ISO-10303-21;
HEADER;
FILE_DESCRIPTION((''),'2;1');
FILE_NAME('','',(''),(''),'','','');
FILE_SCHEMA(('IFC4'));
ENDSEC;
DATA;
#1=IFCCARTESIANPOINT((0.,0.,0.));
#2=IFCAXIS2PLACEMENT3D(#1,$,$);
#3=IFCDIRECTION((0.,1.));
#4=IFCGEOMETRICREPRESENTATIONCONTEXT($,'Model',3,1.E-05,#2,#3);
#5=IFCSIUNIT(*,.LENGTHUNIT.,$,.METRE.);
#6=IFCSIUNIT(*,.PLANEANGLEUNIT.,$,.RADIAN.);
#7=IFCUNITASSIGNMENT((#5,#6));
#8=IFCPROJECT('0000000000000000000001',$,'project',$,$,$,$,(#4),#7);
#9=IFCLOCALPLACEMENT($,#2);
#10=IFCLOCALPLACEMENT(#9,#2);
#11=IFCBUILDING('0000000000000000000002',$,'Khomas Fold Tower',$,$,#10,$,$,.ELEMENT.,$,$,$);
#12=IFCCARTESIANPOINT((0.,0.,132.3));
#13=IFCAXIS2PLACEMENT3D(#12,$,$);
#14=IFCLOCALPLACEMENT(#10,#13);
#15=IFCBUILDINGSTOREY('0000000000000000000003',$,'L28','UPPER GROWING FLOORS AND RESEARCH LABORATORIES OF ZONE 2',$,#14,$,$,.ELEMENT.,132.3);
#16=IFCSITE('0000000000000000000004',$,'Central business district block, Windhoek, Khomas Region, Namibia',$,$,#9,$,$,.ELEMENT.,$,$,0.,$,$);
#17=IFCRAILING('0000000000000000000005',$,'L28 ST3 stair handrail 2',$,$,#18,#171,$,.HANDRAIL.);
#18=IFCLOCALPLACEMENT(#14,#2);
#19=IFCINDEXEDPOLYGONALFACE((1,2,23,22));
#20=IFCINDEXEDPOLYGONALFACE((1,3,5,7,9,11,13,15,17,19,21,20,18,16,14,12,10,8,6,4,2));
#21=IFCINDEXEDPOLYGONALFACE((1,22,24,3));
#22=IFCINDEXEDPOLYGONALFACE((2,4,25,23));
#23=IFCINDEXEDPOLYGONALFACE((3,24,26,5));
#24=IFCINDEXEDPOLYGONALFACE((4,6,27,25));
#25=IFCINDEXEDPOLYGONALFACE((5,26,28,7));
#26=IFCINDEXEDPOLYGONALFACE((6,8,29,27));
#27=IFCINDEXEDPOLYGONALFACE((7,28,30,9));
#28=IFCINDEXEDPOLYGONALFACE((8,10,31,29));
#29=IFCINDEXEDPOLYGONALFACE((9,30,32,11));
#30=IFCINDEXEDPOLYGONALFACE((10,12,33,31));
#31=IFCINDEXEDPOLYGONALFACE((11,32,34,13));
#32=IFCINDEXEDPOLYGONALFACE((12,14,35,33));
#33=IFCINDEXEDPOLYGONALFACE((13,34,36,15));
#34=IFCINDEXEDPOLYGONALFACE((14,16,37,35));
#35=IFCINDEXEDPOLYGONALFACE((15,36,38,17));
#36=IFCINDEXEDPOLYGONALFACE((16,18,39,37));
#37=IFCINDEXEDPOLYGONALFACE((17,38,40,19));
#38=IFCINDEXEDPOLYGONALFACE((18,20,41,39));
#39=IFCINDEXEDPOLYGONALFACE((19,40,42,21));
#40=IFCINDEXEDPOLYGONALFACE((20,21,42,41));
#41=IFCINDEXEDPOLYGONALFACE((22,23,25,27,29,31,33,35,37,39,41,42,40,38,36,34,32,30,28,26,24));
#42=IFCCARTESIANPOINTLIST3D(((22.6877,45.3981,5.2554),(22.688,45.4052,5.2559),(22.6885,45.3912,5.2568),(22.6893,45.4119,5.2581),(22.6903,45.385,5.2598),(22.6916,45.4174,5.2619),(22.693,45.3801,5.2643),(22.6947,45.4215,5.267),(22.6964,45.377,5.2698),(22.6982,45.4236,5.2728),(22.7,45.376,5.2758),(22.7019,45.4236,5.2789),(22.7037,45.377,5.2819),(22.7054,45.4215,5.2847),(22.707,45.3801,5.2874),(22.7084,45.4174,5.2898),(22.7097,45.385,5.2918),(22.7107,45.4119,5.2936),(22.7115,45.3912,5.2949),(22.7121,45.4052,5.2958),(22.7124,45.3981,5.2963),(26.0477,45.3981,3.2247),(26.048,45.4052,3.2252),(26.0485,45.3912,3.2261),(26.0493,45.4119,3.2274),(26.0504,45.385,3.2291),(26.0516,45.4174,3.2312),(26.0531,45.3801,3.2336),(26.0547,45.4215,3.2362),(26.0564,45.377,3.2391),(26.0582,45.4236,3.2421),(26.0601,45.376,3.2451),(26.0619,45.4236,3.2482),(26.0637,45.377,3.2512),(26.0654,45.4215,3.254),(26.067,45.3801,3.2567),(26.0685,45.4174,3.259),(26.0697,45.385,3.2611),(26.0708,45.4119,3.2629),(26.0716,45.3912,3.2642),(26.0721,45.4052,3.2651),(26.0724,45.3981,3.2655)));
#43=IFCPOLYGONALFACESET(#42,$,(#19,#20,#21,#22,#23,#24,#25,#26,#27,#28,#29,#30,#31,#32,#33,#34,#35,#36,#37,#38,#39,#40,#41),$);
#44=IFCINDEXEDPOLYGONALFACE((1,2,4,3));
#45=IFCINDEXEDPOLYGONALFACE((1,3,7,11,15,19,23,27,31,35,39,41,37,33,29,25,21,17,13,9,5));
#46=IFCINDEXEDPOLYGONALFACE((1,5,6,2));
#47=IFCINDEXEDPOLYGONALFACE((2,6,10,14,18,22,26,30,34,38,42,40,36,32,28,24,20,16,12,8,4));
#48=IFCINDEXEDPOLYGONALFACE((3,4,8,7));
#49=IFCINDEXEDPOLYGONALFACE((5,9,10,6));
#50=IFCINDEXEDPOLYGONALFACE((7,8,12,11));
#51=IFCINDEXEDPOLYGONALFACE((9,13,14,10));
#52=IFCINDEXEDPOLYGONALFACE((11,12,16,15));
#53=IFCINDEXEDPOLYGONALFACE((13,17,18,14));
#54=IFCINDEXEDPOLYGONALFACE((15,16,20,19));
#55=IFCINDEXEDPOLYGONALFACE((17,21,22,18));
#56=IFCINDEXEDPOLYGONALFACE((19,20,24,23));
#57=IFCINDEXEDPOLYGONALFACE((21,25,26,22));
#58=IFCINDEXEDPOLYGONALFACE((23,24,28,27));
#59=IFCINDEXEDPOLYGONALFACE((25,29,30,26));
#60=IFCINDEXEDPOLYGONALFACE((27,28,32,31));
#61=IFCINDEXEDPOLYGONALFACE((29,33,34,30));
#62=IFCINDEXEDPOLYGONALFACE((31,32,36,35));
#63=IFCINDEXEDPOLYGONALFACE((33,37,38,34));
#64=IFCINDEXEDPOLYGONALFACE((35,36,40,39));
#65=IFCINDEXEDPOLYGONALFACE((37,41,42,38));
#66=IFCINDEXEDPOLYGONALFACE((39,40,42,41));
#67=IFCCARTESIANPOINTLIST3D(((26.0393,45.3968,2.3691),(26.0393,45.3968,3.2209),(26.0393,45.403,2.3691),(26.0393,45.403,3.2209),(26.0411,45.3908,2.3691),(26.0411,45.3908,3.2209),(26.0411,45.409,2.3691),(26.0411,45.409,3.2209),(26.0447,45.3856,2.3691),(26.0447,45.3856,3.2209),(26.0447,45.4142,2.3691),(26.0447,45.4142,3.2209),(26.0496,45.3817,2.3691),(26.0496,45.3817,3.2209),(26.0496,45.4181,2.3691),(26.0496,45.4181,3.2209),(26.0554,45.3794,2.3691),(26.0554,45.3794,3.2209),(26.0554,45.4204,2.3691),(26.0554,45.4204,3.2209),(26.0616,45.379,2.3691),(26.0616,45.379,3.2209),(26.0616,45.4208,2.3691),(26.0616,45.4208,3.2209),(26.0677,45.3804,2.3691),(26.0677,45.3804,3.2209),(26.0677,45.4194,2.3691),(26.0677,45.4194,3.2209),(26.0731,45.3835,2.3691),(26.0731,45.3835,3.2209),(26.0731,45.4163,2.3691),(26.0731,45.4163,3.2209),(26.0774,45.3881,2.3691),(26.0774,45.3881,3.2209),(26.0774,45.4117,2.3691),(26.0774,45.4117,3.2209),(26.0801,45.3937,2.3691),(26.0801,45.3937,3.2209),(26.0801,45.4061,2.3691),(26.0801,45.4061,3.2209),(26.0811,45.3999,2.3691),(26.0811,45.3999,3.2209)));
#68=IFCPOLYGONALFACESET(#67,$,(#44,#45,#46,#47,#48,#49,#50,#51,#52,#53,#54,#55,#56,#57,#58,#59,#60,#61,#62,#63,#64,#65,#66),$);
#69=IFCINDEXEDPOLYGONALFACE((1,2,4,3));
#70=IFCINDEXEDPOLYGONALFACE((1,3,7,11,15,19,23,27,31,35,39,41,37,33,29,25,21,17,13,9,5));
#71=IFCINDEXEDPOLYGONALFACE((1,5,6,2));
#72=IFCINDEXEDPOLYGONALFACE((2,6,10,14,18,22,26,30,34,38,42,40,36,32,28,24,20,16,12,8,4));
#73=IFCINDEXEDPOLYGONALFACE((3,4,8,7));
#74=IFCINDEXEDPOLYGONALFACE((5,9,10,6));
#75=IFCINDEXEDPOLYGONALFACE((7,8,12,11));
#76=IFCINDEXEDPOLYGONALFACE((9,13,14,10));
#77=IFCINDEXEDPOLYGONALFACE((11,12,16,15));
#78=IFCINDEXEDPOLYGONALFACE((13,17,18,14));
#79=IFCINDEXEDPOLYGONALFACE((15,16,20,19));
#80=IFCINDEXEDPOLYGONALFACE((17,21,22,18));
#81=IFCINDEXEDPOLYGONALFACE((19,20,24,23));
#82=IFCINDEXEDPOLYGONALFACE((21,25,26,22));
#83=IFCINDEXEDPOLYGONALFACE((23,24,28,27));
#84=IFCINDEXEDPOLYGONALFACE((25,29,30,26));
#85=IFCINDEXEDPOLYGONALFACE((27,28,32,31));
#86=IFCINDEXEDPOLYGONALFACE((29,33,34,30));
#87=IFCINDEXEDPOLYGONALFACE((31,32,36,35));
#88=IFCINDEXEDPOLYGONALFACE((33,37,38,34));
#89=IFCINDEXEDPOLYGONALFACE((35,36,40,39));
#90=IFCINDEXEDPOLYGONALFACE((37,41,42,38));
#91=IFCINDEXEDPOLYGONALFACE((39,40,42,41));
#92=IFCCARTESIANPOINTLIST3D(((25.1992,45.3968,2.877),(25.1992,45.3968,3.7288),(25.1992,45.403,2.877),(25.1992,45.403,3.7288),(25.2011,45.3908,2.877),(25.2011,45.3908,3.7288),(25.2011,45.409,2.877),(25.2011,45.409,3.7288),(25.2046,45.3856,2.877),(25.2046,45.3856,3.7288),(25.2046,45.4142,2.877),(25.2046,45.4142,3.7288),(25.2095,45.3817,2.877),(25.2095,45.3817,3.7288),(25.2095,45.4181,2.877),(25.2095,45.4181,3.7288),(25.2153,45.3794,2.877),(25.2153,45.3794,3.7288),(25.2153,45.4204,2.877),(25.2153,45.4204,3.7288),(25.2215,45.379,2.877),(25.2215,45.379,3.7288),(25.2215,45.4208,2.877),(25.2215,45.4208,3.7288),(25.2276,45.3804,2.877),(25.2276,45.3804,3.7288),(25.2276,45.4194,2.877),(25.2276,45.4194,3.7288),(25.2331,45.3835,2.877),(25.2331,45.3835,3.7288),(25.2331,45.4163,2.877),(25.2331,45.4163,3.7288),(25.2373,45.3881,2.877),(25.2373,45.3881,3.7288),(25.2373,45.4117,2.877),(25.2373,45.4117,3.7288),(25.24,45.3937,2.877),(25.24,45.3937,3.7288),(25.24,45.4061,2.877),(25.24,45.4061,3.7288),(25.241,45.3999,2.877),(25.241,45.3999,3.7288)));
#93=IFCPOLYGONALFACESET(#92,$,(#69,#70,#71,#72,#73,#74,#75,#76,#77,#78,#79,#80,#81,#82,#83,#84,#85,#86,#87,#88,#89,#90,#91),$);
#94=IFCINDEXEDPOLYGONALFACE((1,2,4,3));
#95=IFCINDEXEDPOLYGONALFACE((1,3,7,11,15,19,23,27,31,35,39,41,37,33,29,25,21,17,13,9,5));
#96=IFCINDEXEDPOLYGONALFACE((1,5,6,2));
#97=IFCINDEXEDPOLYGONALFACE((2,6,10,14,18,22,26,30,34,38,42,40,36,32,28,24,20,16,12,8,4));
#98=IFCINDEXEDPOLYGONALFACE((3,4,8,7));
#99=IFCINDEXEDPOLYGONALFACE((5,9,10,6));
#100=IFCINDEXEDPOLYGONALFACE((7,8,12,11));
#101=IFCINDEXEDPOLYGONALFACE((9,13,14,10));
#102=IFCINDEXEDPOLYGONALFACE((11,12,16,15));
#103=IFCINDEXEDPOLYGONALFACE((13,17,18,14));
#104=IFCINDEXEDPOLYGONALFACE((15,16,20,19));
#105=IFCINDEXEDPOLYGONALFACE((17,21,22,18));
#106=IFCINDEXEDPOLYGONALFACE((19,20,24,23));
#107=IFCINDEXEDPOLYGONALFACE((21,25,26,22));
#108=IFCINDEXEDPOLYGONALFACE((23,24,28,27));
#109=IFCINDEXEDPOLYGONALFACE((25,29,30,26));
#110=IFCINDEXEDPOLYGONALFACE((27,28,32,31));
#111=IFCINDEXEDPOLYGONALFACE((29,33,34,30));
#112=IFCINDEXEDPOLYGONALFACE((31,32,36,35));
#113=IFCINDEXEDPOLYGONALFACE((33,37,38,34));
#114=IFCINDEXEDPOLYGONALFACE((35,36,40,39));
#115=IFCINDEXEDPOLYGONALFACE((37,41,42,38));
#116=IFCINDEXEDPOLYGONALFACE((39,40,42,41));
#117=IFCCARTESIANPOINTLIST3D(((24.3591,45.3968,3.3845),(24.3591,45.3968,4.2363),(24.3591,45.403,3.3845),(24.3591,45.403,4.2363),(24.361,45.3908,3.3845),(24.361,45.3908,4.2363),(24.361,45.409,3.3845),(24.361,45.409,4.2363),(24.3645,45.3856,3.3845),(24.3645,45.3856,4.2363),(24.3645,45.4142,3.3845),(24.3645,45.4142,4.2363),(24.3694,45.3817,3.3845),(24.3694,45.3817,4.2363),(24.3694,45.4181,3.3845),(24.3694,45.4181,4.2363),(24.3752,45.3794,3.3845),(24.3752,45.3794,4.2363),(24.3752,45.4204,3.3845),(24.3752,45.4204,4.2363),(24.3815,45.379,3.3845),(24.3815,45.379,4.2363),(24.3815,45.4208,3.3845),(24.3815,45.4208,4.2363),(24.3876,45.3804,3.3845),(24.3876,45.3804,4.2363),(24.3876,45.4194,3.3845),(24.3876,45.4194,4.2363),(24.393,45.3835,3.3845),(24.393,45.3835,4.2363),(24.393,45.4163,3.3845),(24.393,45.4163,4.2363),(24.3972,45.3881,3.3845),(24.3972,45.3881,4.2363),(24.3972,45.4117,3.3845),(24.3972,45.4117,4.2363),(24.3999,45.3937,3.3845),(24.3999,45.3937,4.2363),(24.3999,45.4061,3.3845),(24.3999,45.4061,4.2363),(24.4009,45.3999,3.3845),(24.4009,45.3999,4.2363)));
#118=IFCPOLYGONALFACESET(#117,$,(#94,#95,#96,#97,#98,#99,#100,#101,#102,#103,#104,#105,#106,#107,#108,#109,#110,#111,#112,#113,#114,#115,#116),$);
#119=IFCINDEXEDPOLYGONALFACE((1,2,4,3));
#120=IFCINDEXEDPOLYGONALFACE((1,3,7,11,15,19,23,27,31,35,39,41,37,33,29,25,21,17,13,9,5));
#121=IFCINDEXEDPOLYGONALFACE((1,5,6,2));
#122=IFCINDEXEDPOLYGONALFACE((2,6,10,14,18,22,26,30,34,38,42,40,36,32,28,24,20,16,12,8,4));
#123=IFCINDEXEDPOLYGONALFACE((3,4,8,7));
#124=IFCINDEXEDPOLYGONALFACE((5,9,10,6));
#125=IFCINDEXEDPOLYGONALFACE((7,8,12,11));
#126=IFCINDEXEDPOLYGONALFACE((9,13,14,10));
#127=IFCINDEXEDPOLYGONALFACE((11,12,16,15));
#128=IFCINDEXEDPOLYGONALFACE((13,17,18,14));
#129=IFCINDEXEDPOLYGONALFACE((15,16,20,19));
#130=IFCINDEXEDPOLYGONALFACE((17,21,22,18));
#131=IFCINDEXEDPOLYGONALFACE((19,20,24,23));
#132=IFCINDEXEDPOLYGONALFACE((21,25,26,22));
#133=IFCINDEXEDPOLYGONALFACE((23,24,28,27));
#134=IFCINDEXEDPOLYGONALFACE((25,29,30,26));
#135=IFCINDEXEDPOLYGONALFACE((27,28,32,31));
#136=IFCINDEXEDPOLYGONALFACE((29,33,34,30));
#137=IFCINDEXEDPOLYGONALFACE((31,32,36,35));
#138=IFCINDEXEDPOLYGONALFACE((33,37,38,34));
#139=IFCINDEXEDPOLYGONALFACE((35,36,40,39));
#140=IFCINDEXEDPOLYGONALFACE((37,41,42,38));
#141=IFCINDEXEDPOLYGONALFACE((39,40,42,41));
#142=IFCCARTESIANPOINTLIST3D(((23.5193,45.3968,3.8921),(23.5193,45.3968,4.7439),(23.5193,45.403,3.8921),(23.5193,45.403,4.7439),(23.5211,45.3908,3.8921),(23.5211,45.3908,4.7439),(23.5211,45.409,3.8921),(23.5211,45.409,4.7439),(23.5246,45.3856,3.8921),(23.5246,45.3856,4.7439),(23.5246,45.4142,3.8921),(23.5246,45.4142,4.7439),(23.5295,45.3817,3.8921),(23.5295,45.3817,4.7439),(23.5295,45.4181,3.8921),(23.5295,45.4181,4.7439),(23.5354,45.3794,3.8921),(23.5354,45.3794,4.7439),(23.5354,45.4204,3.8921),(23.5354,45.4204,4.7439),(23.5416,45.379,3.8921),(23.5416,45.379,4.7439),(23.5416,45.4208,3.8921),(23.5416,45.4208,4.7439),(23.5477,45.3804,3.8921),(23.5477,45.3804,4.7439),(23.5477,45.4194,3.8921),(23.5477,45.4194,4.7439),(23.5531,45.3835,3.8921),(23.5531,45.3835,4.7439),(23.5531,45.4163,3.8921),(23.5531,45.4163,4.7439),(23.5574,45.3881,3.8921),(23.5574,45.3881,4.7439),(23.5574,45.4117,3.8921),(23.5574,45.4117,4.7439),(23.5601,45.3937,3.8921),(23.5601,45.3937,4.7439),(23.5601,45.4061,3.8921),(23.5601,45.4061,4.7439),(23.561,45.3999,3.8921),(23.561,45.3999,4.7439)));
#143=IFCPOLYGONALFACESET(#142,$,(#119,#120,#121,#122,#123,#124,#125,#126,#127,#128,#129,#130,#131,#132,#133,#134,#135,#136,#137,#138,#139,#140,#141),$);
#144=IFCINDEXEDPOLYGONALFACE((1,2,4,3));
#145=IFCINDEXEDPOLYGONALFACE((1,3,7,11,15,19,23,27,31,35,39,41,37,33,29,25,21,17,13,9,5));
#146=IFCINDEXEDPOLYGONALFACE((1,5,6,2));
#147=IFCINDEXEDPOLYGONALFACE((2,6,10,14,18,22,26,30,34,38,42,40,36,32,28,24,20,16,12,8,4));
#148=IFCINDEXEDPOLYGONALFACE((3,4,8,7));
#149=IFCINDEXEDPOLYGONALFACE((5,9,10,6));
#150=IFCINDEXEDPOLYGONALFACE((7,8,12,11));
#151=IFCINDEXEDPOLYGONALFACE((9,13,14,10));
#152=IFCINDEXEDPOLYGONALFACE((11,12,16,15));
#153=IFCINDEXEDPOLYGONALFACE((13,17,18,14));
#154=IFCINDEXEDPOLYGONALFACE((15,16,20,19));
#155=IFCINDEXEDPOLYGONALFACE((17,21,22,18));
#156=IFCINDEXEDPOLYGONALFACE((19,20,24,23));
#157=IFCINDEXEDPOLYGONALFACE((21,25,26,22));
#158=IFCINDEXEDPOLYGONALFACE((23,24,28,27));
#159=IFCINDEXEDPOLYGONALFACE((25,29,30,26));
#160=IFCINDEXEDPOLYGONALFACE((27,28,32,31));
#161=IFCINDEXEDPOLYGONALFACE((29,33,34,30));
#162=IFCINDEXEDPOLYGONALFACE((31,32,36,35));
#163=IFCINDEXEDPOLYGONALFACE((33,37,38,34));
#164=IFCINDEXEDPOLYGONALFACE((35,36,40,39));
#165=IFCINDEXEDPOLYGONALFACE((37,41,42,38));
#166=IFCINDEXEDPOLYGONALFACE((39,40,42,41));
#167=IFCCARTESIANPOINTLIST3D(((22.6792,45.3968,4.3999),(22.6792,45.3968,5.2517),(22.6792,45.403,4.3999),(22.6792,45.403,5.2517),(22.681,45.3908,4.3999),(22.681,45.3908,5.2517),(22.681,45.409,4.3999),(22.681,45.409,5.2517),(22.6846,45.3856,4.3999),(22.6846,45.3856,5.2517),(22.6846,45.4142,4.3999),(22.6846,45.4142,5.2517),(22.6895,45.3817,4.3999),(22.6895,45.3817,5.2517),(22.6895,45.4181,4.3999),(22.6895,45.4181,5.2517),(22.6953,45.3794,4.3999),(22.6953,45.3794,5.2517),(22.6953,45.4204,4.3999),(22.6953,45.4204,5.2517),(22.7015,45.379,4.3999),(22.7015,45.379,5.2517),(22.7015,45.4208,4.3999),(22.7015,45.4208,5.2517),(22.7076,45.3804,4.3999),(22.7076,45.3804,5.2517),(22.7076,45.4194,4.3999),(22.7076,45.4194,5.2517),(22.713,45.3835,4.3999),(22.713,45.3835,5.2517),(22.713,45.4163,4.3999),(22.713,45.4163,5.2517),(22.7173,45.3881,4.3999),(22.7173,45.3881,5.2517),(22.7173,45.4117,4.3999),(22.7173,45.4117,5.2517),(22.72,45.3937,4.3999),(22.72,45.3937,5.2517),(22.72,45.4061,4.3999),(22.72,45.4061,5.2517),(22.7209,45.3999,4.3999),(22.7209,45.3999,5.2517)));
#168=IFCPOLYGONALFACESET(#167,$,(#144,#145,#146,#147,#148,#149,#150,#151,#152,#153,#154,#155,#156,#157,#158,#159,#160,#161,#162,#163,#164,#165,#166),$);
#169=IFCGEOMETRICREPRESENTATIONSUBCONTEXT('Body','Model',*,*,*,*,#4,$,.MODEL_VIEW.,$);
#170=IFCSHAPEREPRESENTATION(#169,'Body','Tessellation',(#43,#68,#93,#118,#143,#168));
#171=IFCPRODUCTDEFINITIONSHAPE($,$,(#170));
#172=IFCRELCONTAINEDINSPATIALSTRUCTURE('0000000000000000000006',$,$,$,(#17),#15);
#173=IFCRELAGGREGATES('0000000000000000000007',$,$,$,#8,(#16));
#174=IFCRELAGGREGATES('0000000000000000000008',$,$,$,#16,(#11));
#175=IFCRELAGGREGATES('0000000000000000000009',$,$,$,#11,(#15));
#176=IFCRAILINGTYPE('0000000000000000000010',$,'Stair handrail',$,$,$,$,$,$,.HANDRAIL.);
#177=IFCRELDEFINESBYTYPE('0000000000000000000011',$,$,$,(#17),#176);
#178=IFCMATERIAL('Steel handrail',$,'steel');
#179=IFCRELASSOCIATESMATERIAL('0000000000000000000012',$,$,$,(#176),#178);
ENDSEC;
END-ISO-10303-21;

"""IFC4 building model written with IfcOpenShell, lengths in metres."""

from ifc_helpers import new_model, si_unit, direction, frame, origin, origin_2d, place, context, subcontext, project, spatial, circle, extrude, source, transform, mapped, material, type_object, element, save


model = new_model("IFC4")

# Units and contexts
model_context = context("Model", 3, precision=1e-05, world=origin(), true_north=direction((0.0, 1.0)))
body_context = subcontext(model_context, "Body", "Model", "MODEL_VIEW")
ifc_project = project(units=[si_unit("LENGTHUNIT", "METRE"), si_unit("PLANEANGLEUNIT", "RADIAN")], contexts=[model_context])

# Site, building, storey
site_placement = place(None, origin())
site = spatial("IfcSite", under=ifc_project, at=site_placement, Name="Central business district block, Windhoek, Khomas Region, Namibia", CompositionType="ELEMENT", RefElevation=0.0)
building_placement = place(site_placement, origin())
building = spatial("IfcBuilding", under=site, at=building_placement, Name="Khomas Fold Tower", CompositionType="ELEMENT")
storey_placement = place(building_placement, frame((0.0, 0.0, 132.3)))
storey = spatial("IfcBuildingStorey", under=building, at=storey_placement, Name="L28", Description="UPPER GROWING FLOORS AND RESEARCH LABORATORIES OF ZONE 2", CompositionType="ELEMENT", Elevation=132.3)

# Railing
ifc_material_1 = material(Name="Steel handrail", Category="steel")
railing_type_1 = type_object("IfcRailingType", Name="Stair handrail", PredefinedType="HANDRAIL", material=ifc_material_1)
shared_shape_1 = source(origin(), body_context, "Body", "SweptSolid", [
    extrude(circle(Radius=0.0239, at=origin_2d()), frame((0.0, 0.0, 0.876), z_axis=(-0.855837, 0.0, 0.517246), x_axis=(0.0, -1.0, 0.0)), (0.0, 0.0, 1.0), 3.926),
    extrude(circle(Radius=0.021, at=origin_2d()), origin(), (0.0, 0.0, 1.0), 0.8518),
    extrude(circle(Radius=0.021, at=origin_2d()), frame((-0.8401, 0.0, 0.5078)), (0.0, 0.0, 1.0), 0.8518),
    extrude(circle(Radius=0.021, at=origin_2d()), frame((-1.6802, 0.0, 1.0154)), (0.0, 0.0, 1.0), 0.8518),
    extrude(circle(Radius=0.021, at=origin_2d()), frame((-2.52, 0.0, 1.5229)), (0.0, 0.0, 1.0), 0.8518),
    extrude(circle(Radius=0.021, at=origin_2d()), frame((-3.3601, 0.0, 2.0308)), (0.0, 0.0, 1.0), 0.8518),
])
railing_1_placement = place(storey_placement, frame((26.0601, 45.3999, 2.3691)))
element("IfcRailing", 1, at=railing_1_placement, inside=storey, type_object=railing_type_1, Name="L28 ST3 stair handrail 2", PredefinedType="HANDRAIL", context=body_context, shape_type="MappedRepresentation", body=[
    mapped(shared_shape_1, transform((0.0, 0.0, 0.0))),
])

save(model, "model.ifc")
